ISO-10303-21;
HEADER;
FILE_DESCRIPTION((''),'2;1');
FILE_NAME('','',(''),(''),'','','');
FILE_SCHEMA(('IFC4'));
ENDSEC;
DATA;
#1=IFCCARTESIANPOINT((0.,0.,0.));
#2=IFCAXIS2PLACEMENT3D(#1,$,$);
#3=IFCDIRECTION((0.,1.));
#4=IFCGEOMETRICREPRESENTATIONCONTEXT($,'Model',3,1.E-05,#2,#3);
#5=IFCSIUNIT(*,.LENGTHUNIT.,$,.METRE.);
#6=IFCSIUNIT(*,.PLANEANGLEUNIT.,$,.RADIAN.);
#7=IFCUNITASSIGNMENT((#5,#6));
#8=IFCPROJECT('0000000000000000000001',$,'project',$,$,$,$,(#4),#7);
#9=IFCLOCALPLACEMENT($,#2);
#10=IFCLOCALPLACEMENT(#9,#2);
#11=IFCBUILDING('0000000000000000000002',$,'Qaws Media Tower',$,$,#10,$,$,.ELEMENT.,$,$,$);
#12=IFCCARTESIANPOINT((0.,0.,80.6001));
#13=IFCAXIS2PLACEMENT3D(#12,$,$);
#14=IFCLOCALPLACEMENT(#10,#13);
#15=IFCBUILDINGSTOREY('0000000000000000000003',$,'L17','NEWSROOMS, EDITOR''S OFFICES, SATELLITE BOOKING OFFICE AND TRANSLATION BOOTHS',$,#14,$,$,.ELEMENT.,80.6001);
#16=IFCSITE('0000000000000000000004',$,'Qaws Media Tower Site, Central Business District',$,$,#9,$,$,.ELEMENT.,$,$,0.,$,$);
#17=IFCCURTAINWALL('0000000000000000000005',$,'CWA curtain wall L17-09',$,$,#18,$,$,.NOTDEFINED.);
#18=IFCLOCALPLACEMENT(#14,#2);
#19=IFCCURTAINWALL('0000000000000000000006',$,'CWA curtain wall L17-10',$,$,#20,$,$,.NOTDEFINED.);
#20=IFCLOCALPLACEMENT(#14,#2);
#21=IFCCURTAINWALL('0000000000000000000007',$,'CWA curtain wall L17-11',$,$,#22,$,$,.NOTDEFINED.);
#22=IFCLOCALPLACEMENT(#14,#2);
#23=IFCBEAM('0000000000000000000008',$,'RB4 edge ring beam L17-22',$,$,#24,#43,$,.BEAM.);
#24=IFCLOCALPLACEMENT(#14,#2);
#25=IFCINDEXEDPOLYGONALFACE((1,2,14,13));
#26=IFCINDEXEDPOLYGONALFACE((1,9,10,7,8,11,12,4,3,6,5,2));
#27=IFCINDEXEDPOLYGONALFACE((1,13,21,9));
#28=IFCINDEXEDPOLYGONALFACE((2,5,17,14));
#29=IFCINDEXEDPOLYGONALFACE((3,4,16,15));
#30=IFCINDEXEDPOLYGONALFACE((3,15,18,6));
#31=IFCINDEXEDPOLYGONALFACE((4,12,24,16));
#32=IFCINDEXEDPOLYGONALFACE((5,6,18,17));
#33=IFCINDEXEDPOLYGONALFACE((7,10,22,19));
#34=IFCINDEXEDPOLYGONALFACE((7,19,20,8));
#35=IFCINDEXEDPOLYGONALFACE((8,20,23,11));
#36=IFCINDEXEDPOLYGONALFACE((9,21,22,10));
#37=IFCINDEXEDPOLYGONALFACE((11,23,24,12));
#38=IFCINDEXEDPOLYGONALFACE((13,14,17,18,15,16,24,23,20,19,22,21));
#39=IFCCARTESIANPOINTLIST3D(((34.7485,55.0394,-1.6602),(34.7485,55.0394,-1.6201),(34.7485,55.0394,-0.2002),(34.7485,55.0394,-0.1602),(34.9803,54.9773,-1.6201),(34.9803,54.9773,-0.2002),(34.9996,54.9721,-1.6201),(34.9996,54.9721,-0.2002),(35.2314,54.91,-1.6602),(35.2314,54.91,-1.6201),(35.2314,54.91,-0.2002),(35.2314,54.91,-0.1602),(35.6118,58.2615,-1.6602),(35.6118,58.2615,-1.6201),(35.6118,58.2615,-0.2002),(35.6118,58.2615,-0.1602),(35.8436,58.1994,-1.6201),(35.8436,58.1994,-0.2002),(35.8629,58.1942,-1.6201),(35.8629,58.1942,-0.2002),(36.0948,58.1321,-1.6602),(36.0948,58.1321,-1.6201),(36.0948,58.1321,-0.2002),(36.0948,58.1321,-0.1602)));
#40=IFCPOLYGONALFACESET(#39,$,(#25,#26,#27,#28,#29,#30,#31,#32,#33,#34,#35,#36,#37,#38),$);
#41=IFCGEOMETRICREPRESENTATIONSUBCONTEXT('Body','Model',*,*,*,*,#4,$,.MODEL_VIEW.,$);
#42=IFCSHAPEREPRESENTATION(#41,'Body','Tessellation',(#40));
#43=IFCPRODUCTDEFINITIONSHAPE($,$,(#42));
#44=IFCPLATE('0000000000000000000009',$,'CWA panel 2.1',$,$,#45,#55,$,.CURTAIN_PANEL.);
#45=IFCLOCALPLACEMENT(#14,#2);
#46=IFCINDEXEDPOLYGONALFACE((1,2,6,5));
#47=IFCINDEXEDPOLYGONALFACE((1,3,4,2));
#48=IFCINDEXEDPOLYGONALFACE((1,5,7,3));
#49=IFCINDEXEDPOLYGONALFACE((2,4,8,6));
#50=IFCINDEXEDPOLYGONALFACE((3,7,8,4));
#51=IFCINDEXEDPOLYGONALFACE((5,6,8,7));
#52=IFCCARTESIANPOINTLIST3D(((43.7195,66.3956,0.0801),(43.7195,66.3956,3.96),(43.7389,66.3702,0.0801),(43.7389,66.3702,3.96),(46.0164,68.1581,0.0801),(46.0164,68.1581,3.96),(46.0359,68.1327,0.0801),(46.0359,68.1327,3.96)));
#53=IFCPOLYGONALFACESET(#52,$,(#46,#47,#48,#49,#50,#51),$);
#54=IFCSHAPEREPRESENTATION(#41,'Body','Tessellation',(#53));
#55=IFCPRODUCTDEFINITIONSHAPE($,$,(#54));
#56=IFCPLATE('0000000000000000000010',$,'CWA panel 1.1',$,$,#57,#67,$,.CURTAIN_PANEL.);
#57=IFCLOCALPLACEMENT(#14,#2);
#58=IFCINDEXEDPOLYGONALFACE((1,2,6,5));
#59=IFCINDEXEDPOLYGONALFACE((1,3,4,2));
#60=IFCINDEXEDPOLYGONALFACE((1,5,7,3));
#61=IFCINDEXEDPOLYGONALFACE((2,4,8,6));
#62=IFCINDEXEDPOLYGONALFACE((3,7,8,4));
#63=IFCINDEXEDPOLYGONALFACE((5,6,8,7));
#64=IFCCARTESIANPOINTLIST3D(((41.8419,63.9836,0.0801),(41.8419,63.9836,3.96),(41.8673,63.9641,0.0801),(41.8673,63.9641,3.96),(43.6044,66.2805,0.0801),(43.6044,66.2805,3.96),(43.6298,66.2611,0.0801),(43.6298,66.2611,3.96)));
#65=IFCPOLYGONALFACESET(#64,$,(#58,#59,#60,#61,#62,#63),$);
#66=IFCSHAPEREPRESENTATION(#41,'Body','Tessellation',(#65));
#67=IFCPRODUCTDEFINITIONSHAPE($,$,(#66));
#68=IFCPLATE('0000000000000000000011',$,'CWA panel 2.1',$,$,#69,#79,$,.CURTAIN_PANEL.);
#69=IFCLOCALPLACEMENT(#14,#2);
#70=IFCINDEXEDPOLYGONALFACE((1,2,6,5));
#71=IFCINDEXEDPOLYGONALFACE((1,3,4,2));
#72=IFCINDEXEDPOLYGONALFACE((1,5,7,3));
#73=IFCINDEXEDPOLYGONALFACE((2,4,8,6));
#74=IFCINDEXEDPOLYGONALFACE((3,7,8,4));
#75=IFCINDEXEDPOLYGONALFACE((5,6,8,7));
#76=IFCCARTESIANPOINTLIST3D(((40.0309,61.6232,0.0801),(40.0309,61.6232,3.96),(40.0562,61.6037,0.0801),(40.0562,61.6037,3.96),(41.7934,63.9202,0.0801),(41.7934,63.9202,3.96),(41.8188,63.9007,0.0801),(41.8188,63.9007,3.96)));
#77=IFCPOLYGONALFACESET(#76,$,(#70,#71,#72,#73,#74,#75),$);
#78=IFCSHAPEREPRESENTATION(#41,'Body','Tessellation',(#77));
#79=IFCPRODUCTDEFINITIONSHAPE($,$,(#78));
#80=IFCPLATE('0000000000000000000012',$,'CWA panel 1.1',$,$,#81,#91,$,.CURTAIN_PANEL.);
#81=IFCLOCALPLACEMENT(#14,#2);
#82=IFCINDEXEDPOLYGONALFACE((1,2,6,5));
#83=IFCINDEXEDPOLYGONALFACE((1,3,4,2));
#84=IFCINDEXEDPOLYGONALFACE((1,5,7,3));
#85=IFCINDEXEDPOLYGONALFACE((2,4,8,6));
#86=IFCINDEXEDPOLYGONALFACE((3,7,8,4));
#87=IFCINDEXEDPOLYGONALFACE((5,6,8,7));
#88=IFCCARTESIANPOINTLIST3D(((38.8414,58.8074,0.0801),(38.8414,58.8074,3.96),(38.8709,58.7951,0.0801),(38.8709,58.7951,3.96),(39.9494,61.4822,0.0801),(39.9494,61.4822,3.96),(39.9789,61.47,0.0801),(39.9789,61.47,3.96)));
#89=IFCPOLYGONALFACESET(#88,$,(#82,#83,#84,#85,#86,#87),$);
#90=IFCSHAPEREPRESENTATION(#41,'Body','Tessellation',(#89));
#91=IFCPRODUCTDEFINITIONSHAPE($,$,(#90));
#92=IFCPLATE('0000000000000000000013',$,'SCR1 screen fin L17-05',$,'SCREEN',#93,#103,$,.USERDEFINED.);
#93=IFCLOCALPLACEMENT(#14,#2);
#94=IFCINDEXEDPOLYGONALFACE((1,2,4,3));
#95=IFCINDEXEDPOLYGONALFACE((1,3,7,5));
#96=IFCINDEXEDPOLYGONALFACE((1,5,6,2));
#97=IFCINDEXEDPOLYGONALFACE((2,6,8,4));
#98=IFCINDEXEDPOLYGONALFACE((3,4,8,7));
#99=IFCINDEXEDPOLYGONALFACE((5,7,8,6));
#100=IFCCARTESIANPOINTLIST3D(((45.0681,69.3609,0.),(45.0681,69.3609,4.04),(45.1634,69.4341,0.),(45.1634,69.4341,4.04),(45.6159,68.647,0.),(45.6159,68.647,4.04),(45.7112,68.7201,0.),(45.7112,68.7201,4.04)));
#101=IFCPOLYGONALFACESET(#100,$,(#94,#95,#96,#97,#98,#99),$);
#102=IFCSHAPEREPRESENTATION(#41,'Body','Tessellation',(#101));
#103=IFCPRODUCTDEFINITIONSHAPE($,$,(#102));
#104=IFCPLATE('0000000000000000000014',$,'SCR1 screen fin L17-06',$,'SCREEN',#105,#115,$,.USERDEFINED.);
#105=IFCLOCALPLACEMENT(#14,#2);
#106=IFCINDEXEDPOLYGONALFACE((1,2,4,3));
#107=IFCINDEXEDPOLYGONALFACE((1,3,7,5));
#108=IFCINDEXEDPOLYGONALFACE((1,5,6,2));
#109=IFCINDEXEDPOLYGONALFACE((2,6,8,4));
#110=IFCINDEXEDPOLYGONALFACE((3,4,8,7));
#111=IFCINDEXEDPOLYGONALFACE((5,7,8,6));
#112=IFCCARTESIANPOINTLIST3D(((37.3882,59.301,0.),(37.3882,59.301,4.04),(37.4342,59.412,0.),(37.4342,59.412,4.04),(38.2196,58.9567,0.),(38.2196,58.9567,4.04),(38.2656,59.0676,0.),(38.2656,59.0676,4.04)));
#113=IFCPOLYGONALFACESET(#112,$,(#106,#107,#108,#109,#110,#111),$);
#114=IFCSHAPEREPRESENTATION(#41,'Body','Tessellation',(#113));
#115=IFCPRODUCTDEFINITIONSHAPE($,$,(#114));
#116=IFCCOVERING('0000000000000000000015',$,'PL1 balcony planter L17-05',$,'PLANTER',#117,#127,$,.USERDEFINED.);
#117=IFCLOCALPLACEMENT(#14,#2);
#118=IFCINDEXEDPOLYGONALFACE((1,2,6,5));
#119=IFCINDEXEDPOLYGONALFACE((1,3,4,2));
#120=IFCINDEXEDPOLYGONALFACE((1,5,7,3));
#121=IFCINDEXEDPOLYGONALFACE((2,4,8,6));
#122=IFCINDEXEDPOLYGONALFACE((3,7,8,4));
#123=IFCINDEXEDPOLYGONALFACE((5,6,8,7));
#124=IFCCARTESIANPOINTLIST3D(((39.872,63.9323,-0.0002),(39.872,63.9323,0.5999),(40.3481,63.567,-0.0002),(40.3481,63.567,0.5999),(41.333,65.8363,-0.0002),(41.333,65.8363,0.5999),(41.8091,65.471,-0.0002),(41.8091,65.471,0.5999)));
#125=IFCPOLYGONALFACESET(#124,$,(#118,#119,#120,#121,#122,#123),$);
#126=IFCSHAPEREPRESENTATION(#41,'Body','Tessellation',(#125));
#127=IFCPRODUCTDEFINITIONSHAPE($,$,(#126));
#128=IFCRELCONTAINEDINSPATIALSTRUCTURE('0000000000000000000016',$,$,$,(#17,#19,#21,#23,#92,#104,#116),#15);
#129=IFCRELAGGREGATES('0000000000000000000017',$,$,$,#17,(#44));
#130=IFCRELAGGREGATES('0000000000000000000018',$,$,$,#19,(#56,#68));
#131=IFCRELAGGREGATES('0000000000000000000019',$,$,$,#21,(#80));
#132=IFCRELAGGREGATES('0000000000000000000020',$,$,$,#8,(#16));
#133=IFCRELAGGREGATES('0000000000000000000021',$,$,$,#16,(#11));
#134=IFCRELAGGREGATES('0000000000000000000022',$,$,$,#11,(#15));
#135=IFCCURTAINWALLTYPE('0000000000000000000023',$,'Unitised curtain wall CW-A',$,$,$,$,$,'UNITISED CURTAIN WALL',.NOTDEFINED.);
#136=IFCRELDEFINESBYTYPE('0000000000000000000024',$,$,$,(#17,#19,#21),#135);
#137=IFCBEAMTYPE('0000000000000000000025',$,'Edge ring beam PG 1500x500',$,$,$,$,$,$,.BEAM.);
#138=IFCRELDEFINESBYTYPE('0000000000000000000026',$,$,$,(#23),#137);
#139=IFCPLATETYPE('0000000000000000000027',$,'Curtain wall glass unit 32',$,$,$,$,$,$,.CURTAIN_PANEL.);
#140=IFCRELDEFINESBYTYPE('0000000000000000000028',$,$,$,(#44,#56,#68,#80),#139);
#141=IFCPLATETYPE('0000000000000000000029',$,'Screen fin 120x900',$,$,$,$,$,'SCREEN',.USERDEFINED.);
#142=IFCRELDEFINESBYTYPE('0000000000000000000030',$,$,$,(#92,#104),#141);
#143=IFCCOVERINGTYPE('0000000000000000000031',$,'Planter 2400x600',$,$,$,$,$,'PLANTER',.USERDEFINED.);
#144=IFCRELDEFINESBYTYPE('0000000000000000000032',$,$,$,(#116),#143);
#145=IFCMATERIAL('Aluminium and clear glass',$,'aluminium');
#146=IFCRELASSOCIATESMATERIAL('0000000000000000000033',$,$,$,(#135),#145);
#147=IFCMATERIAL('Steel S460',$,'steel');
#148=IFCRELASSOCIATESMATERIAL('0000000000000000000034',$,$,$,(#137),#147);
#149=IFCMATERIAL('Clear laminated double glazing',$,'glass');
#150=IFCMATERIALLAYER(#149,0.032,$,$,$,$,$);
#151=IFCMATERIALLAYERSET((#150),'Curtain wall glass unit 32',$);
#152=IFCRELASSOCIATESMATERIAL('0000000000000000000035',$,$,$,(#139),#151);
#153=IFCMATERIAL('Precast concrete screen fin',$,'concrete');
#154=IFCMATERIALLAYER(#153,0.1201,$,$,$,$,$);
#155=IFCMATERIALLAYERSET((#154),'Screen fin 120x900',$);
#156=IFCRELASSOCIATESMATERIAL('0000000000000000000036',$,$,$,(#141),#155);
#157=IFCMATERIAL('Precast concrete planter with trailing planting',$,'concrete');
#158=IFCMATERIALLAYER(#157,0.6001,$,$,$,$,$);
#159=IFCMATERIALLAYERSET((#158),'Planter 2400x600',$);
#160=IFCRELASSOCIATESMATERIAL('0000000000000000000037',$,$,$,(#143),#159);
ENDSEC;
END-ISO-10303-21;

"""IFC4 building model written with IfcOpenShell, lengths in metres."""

from ifc_helpers import new_model, si_unit, direction, frame, origin, origin_2d, place, context, subcontext, project, spatial, rectangle, i_section, extrude, material, layer, layer_set, material_profile, profile_set, type_object, element, aggregate, save


model = new_model("IFC4")

# Units and contexts
model_context = context("Model", 3, precision=1e-05, world=origin(), true_north=direction((0.0, 1.0)))
body_context = subcontext(model_context, "Body", "Model", "MODEL_VIEW")
ifc_project = project(units=[si_unit("LENGTHUNIT", "METRE"), si_unit("PLANEANGLEUNIT", "RADIAN")], contexts=[model_context])

# Site, building, storey
site_placement = place(None, origin())
site = spatial("IfcSite", under=ifc_project, at=site_placement, Name="Qaws Media Tower Site, Central Business District", CompositionType="ELEMENT", RefElevation=0.0)
building_placement = place(site_placement, origin())
building = spatial("IfcBuilding", under=site, at=building_placement, Name="Qaws Media Tower", CompositionType="ELEMENT")
storey_placement = place(building_placement, frame((0.0, 0.0, 80.6001)))
storey = spatial("IfcBuildingStorey", under=building, at=storey_placement, Name="L17", Description="NEWSROOMS, EDITOR'S OFFICES, SATELLITE BOOKING OFFICE AND TRANSLATION BOOTHS", CompositionType="ELEMENT", Elevation=80.6001)

# Curtain wall
ifc_material_1 = material(Name="Aluminium and clear glass", Category="aluminium")
curtain_wall_type = type_object("IfcCurtainWallType", Name="Unitised curtain wall CW-A", ElementType="UNITISED CURTAIN WALL", PredefinedType="NOTDEFINED", material=ifc_material_1)
curtain_wall_1_placement = place(storey_placement, origin())
curtain_wall_1 = element("IfcCurtainWall", 1, at=curtain_wall_1_placement, inside=storey, type_object=curtain_wall_type, Name="CWA curtain wall L17-09", PredefinedType="NOTDEFINED")

# Curtain walls
curtain_wall_2_placement = place(storey_placement, origin())
curtain_wall_2 = element("IfcCurtainWall", 2, at=curtain_wall_2_placement, inside=storey, type_object=curtain_wall_type, Name="CWA curtain wall L17-10", PredefinedType="NOTDEFINED")
curtain_wall_3_placement = place(storey_placement, origin())
curtain_wall_3 = element("IfcCurtainWall", 3, at=curtain_wall_3_placement, inside=storey, type_object=curtain_wall_type, Name="CWA curtain wall L17-11", PredefinedType="NOTDEFINED")

# Beam
ifc_material_2 = material(Name="Steel S460", Category="steel")
ifc_material_profile_1 = material_profile(ifc_material_2, i_section(OverallWidth=0.5, OverallDepth=1.5, WebThickness=0.02, FlangeThickness=0.04, at=origin_2d()), Name="PG 1500x500")
ifc_profile_set_1 = profile_set([ifc_material_profile_1], Name="Steel S460")
beam_type = type_object("IfcBeamType", Name="Edge ring beam PG 1500x500", PredefinedType="BEAM", material=ifc_profile_set_1)
beam_1_placement = place(storey_placement, frame((35.8533, 58.1968, -0.9102), z_axis=(-0.25881, -0.965928, 0.0), x_axis=(0.965928, -0.25881, 0.0)))
element("IfcBeam", 4, at=beam_1_placement, inside=storey, type_object=beam_type, Name="RB4 edge ring beam L17-22", PredefinedType="BEAM", context=body_context, shape_type="SweptSolid", body=[
    extrude(i_section(OverallWidth=0.5, OverallDepth=1.5, WebThickness=0.02, FlangeThickness=0.04, at=origin_2d()), origin(), (0.0, 0.0, 1.0), 3.3357),
])

# Plates
ifc_material_3 = material(Name="Clear laminated double glazing", Category="glass")
ifc_layer_1 = layer(ifc_material_3, 0.032)
ifc_layer_set_1 = layer_set([ifc_layer_1], Name="Curtain wall glass unit 32")
plate_type_1 = type_object("IfcPlateType", Name="Curtain wall glass unit 32", PredefinedType="CURTAIN_PANEL", material=ifc_layer_set_1)
plate_1_placement = place(storey_placement, frame((44.8777, 67.2642, 0.0801), z_axis=(0.0, 0.0, 1.0), x_axis=(-0.793353, -0.608761, 0.0)))
plate_1 = element("IfcPlate", 5, at=plate_1_placement, type_object=plate_type_1, Name="CWA panel 2.1", PredefinedType="CURTAIN_PANEL", context=body_context, shape_type="SweptSolid", body=[
    extrude(rectangle(XDim=2.8953, YDim=0.032, at=origin_2d()), origin(), (0.0, 0.0, 1.0), 3.8799),
])
aggregate(curtain_wall_1, [plate_1])
plate_2_placement = place(storey_placement, frame((42.7358, 65.1223, 0.0801), z_axis=(0.0, 0.0, 1.0), x_axis=(-0.608761, -0.793353, 0.0)))
plate_2 = element("IfcPlate", 6, at=plate_2_placement, type_object=plate_type_1, Name="CWA panel 1.1", PredefinedType="CURTAIN_PANEL", context=body_context, shape_type="SweptSolid", body=[
    extrude(rectangle(XDim=2.8953, YDim=0.032, at=origin_2d()), origin(), (0.0, 0.0, 1.0), 3.8799),
])
plate_3_placement = place(storey_placement, frame((40.9248, 62.762, 0.0801), z_axis=(0.0, 0.0, 1.0), x_axis=(-0.608761, -0.793353, 0.0)))
plate_3 = element("IfcPlate", 7, at=plate_3_placement, type_object=plate_type_1, Name="CWA panel 2.1", PredefinedType="CURTAIN_PANEL", context=body_context, shape_type="SweptSolid", body=[
    extrude(rectangle(XDim=2.8953, YDim=0.032, at=origin_2d()), origin(), (0.0, 0.0, 1.0), 3.8799),
])
aggregate(curtain_wall_2, [plate_2, plate_3])
plate_4_placement = place(storey_placement, frame((39.4102, 60.1387, 0.0801), z_axis=(0.0, 0.0, 1.0), x_axis=(-0.382683, -0.92388, 0.0)))
plate_4 = element("IfcPlate", 8, at=plate_4_placement, type_object=plate_type_1, Name="CWA panel 1.1", PredefinedType="CURTAIN_PANEL", context=body_context, shape_type="SweptSolid", body=[
    extrude(rectangle(XDim=2.8953, YDim=0.032, at=origin_2d()), origin(), (0.0, 0.0, 1.0), 3.8799),
])
aggregate(curtain_wall_3, [plate_4])

# Plates
ifc_material_4 = material(Name="Precast concrete screen fin", Category="concrete")
ifc_layer_2 = layer(ifc_material_4, 0.1201)
ifc_layer_set_2 = layer_set([ifc_layer_2], Name="Screen fin 120x900")
plate_type_2 = type_object("IfcPlateType", Name="Screen fin 120x900", ElementType="SCREEN", PredefinedType="USERDEFINED", material=ifc_layer_set_2)
for number, where, z_axis, x_axis, name in (
    (9, (45.3896, 69.0405, 0.0), (0.0, 0.0, 1.0), (-0.608761, 0.793353, 0.0), "SCR1 screen fin L17-05"),
    (10, (37.8269, 59.1843, 0.0), (0.0, 0.0, 1.0), (-0.92388, 0.382683, 0.0), "SCR1 screen fin L17-06"),
):
    element("IfcPlate", number, at=place(storey_placement, frame(where, z_axis=z_axis, x_axis=x_axis)), inside=storey, type_object=plate_type_2, Name=name, ObjectType="SCREEN", PredefinedType="USERDEFINED", context=body_context, shape_type="SweptSolid", body=[
        extrude(rectangle(XDim=0.8999, YDim=0.1201, at=origin_2d()), origin(), (0.0, 0.0, 1.0), 4.04),
    ])

# Covering
ifc_material_5 = material(Name="Precast concrete planter with trailing planting", Category="concrete")
ifc_layer_3 = layer(ifc_material_5, 0.6001)
ifc_layer_set_3 = layer_set([ifc_layer_3], Name="Planter 2400x600")
covering_type = type_object("IfcCoveringType", Name="Planter 2400x600", ElementType="PLANTER", PredefinedType="USERDEFINED", material=ifc_layer_set_3)
covering_placement = place(storey_placement, frame((40.8406, 64.7017, -0.0002), z_axis=(0.0, 0.0, 1.0), x_axis=(-0.608761, -0.793353, 0.0)))
element("IfcCovering", 11, at=covering_placement, inside=storey, type_object=covering_type, Name="PL1 balcony planter L17-05", ObjectType="PLANTER", PredefinedType="USERDEFINED", context=body_context, shape_type="SweptSolid", body=[
    extrude(rectangle(XDim=2.3999, YDim=0.6001, at=origin_2d()), origin(), (0.0, 0.0, 1.0), 0.6001),
])

save(model, "model.ifc")
